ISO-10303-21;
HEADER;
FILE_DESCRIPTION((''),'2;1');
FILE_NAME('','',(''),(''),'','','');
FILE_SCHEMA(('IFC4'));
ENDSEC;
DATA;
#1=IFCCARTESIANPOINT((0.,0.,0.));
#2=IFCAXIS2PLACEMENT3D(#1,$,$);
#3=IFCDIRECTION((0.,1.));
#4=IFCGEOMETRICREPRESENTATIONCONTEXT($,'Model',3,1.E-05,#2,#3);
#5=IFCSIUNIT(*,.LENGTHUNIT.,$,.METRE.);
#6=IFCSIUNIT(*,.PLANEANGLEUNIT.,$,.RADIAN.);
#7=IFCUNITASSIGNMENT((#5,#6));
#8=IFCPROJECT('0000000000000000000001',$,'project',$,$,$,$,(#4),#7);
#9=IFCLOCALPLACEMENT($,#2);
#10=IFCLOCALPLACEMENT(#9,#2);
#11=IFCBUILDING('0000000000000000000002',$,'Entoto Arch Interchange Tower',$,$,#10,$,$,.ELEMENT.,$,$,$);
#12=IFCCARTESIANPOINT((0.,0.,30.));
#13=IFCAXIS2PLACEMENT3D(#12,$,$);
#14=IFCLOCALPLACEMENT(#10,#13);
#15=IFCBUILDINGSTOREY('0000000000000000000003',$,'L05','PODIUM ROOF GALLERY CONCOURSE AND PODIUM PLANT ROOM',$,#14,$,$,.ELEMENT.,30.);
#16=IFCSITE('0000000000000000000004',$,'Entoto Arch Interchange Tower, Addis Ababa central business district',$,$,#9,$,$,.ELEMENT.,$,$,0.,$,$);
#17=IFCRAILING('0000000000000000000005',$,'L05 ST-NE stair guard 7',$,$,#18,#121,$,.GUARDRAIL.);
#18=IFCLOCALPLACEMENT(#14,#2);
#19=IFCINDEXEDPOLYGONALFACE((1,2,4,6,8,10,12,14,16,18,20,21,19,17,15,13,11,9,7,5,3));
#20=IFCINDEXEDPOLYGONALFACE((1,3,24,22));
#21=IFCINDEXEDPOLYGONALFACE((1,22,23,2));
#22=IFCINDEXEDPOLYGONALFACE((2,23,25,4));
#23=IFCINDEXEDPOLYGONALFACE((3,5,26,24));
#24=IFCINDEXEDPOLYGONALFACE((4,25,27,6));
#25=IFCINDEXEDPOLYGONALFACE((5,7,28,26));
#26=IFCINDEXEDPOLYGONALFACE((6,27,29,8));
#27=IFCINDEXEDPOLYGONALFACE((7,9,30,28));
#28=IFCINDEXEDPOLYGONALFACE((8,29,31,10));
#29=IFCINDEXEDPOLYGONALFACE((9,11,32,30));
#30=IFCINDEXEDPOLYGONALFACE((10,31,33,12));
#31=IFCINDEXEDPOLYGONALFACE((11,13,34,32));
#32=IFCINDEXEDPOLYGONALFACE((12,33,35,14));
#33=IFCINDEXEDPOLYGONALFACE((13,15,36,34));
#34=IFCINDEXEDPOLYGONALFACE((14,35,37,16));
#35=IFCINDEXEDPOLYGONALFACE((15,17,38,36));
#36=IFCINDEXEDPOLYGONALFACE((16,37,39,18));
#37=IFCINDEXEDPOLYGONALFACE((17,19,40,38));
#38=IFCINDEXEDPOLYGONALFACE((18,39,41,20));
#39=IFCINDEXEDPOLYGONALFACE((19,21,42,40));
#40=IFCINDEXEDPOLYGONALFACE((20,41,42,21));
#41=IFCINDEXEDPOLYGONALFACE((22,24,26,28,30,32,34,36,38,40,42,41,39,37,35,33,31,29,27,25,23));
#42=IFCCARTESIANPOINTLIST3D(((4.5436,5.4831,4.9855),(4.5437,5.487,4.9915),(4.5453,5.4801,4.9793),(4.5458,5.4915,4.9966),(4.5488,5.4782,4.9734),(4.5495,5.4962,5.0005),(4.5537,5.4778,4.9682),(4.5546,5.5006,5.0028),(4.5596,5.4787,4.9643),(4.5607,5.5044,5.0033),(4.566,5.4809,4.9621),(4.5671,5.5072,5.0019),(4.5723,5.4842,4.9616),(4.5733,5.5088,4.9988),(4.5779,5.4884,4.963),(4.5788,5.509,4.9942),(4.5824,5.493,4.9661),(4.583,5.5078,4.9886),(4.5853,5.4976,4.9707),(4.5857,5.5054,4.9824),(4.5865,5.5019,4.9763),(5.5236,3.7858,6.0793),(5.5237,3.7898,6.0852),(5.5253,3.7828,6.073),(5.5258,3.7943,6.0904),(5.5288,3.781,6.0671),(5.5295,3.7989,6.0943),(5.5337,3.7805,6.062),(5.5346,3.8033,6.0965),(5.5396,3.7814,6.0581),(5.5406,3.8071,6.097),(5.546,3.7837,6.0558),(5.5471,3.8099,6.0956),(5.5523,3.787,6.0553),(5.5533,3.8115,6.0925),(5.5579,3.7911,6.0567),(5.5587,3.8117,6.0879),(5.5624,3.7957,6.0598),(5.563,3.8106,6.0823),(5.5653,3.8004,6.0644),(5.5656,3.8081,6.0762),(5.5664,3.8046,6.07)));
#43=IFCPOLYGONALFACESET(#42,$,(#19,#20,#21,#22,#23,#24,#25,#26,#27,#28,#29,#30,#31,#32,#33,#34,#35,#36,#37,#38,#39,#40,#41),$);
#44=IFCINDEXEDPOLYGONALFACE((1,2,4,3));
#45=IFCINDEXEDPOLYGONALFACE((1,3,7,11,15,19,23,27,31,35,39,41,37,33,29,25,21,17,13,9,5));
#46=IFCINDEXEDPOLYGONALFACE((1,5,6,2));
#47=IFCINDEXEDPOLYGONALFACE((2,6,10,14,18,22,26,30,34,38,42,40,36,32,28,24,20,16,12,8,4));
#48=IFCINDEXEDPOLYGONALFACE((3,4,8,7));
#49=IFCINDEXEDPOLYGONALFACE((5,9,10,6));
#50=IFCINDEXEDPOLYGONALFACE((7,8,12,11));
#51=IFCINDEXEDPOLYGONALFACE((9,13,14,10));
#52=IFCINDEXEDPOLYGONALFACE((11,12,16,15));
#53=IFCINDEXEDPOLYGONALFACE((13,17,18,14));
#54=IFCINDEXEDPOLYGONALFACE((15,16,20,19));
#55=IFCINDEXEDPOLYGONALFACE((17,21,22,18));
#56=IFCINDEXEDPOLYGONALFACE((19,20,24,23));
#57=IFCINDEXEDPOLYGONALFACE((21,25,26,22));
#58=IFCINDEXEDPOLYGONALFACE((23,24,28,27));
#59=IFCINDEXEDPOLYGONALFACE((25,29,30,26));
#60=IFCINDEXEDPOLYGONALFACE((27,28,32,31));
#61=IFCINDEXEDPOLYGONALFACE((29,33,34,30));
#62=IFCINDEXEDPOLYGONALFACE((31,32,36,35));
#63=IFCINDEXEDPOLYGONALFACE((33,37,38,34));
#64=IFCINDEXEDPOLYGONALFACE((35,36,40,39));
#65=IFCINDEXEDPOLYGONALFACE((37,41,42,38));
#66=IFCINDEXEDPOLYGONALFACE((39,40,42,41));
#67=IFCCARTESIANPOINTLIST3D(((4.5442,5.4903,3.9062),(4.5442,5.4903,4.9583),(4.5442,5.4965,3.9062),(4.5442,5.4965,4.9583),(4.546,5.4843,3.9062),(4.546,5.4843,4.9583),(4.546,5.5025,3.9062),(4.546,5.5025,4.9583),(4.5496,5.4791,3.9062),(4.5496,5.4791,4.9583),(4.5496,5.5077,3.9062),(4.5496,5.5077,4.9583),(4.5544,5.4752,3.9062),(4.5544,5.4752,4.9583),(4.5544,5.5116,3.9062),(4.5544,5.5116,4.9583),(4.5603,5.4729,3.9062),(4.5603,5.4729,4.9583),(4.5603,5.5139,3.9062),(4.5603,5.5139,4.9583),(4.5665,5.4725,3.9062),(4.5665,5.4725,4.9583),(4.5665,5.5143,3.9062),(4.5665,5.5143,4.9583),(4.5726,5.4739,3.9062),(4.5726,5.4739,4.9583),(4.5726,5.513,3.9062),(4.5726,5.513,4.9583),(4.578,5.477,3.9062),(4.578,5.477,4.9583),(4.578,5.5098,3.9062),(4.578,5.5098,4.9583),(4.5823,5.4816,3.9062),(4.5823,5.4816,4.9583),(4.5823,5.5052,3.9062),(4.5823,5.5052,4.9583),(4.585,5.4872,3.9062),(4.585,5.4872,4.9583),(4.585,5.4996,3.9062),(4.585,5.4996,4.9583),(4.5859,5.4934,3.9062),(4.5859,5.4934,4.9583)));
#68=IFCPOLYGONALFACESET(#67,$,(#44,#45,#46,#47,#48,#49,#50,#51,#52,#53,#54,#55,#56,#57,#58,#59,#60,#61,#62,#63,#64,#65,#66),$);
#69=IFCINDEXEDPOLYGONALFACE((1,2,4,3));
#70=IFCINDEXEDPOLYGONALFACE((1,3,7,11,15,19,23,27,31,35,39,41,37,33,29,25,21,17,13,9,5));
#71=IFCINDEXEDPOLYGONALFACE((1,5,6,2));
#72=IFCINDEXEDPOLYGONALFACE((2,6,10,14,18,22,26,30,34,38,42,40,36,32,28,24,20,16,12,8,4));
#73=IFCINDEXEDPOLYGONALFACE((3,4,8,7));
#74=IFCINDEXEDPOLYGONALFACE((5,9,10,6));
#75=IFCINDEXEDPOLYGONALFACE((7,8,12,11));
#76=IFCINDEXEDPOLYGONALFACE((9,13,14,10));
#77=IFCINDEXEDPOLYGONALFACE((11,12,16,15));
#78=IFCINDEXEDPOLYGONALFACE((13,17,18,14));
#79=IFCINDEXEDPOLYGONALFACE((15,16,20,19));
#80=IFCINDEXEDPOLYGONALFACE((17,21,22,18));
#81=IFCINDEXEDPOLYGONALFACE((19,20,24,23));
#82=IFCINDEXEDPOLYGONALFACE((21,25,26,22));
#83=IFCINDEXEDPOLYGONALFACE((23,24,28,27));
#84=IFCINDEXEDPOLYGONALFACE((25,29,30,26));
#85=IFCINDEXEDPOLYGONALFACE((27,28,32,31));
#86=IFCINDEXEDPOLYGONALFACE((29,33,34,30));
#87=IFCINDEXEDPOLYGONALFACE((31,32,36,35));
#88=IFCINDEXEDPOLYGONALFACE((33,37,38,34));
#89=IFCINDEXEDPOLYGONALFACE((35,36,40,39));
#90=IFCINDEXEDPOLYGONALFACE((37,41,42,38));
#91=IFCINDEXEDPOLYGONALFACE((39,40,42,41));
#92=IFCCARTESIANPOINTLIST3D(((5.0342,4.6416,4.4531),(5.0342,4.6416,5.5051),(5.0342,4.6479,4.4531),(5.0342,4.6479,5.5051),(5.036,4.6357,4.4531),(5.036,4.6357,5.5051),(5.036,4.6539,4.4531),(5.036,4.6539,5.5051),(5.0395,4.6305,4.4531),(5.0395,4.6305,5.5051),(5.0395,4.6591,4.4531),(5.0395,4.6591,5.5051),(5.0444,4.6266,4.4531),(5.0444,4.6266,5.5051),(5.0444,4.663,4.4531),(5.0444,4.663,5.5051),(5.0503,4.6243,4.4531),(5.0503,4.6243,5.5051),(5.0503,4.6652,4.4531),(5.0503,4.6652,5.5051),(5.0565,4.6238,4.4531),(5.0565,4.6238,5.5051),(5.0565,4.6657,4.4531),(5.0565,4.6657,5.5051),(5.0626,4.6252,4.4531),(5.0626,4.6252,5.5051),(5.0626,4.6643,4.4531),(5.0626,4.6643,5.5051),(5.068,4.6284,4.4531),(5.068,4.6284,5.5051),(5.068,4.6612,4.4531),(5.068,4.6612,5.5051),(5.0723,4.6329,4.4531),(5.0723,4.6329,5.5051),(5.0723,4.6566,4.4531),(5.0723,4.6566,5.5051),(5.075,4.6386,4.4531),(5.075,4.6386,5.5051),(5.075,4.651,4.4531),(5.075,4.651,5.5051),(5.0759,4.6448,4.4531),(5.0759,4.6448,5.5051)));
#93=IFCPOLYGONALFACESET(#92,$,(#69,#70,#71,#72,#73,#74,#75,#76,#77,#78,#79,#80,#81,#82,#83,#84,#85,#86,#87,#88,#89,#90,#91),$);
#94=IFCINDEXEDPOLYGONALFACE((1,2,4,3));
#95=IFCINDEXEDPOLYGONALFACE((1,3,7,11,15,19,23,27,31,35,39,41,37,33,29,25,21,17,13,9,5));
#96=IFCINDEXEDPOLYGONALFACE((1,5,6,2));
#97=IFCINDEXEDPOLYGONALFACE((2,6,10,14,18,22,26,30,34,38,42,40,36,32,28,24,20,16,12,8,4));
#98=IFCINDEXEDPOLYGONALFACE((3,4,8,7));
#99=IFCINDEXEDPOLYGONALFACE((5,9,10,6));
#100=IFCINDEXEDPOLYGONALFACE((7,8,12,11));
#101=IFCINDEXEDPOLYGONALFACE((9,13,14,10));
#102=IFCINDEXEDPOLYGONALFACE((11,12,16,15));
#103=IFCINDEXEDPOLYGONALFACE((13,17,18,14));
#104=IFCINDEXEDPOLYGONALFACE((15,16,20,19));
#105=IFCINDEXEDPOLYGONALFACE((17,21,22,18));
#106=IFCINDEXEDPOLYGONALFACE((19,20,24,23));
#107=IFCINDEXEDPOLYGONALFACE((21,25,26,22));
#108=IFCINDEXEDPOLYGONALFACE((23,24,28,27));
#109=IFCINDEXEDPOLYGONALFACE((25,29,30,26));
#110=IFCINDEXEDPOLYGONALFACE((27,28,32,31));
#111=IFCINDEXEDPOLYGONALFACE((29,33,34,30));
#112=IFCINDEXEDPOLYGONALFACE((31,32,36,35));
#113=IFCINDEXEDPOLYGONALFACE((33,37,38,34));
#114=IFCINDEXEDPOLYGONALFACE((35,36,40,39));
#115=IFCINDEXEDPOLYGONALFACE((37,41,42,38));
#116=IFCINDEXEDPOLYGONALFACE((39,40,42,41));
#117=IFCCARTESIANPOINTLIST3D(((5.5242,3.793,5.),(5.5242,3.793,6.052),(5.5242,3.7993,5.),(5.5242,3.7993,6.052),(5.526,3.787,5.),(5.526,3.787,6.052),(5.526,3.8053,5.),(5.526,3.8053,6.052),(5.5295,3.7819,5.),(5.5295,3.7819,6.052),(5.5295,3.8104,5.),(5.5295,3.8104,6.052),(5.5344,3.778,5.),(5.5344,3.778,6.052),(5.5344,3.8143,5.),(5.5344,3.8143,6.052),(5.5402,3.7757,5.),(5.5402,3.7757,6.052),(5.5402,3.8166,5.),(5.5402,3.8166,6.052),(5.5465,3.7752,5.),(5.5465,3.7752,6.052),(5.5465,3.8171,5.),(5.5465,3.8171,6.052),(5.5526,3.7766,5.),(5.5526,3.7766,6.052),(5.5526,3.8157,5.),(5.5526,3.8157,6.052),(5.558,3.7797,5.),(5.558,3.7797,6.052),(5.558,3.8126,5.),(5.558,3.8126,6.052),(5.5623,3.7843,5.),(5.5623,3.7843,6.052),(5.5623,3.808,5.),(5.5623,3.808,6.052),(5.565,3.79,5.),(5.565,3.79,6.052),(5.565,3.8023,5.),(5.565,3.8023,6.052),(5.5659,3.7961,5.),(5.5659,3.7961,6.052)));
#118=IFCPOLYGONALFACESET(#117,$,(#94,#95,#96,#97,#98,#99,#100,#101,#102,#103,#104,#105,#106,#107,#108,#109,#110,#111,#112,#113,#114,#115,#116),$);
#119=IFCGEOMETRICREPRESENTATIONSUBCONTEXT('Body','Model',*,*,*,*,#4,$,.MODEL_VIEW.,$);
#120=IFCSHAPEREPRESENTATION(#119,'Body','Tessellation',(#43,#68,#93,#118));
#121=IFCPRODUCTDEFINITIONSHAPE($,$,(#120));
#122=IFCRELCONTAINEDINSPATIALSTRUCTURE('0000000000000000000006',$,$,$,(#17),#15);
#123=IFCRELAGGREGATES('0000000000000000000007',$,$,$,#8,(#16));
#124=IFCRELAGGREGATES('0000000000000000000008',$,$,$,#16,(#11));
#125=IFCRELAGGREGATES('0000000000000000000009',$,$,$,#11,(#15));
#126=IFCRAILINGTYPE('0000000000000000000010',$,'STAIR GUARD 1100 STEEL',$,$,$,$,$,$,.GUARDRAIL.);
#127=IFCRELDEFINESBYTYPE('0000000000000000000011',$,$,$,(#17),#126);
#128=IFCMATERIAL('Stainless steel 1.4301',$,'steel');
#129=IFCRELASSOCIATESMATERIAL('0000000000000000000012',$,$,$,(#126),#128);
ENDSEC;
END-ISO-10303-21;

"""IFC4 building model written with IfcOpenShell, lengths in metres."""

from ifc_helpers import new_model, si_unit, direction, frame, origin, origin_2d, place, context, subcontext, project, spatial, circle, extrude, material, type_object, element, save


model = new_model("IFC4")

# Units and contexts
model_context = context("Model", 3, precision=1e-05, world=origin(), true_north=direction((0.0, 1.0)))
body_context = subcontext(model_context, "Body", "Model", "MODEL_VIEW")
ifc_project = project(units=[si_unit("LENGTHUNIT", "METRE"), si_unit("PLANEANGLEUNIT", "RADIAN")], contexts=[model_context])

# Site, building, storey
site_placement = place(None, origin())
site = spatial("IfcSite", under=ifc_project, at=site_placement, Name="Entoto Arch Interchange Tower, Addis Ababa central business district", CompositionType="ELEMENT", RefElevation=0.0)
building_placement = place(site_placement, origin())
building = spatial("IfcBuilding", under=site, at=building_placement, Name="Entoto Arch Interchange Tower", CompositionType="ELEMENT")
storey_placement = place(building_placement, frame((0.0, 0.0, 30.0)))
storey = spatial("IfcBuildingStorey", under=building, at=storey_placement, Name="L05", Description="PODIUM ROOF GALLERY CONCOURSE AND PODIUM PLANT ROOM", CompositionType="ELEMENT", Elevation=30.0)

# Railing
ifc_material_1 = material(Name="Stainless steel 1.4301", Category="steel")
railing_type_1 = type_object("IfcRailingType", Name="STAIR GUARD 1100 STEEL", PredefinedType="GUARDRAIL", material=ifc_material_1)
railing_1_placement = place(storey_placement, frame((4.5649, 5.4934, 3.9062)))
element("IfcRailing", 1, at=railing_1_placement, inside=storey, type_object=railing_type_1, Name="L05 ST-NE stair guard 7", PredefinedType="GUARDRAIL", context=body_context, shape_type="SweptSolid", body=[
    extrude(circle(Radius=0.0239, at=origin_2d()), frame((0.0, 0.0, 1.0762), z_axis=(0.436632, -0.75622, 0.487323), x_axis=(0.866011, 0.500024, 0.0)), (0.0, 0.0, 1.0), 2.2444),
    extrude(circle(Radius=0.021, at=origin_2d()), origin(), (0.0, 0.0, 1.0), 1.052),
    extrude(circle(Radius=0.021, at=origin_2d()), frame((0.49, -0.8486, 0.5469)), (0.0, 0.0, 1.0), 1.052),
    extrude(circle(Radius=0.021, at=origin_2d()), frame((0.98, -1.6973, 1.0938)), (0.0, 0.0, 1.0), 1.052),
])

save(model, "model.ifc")
